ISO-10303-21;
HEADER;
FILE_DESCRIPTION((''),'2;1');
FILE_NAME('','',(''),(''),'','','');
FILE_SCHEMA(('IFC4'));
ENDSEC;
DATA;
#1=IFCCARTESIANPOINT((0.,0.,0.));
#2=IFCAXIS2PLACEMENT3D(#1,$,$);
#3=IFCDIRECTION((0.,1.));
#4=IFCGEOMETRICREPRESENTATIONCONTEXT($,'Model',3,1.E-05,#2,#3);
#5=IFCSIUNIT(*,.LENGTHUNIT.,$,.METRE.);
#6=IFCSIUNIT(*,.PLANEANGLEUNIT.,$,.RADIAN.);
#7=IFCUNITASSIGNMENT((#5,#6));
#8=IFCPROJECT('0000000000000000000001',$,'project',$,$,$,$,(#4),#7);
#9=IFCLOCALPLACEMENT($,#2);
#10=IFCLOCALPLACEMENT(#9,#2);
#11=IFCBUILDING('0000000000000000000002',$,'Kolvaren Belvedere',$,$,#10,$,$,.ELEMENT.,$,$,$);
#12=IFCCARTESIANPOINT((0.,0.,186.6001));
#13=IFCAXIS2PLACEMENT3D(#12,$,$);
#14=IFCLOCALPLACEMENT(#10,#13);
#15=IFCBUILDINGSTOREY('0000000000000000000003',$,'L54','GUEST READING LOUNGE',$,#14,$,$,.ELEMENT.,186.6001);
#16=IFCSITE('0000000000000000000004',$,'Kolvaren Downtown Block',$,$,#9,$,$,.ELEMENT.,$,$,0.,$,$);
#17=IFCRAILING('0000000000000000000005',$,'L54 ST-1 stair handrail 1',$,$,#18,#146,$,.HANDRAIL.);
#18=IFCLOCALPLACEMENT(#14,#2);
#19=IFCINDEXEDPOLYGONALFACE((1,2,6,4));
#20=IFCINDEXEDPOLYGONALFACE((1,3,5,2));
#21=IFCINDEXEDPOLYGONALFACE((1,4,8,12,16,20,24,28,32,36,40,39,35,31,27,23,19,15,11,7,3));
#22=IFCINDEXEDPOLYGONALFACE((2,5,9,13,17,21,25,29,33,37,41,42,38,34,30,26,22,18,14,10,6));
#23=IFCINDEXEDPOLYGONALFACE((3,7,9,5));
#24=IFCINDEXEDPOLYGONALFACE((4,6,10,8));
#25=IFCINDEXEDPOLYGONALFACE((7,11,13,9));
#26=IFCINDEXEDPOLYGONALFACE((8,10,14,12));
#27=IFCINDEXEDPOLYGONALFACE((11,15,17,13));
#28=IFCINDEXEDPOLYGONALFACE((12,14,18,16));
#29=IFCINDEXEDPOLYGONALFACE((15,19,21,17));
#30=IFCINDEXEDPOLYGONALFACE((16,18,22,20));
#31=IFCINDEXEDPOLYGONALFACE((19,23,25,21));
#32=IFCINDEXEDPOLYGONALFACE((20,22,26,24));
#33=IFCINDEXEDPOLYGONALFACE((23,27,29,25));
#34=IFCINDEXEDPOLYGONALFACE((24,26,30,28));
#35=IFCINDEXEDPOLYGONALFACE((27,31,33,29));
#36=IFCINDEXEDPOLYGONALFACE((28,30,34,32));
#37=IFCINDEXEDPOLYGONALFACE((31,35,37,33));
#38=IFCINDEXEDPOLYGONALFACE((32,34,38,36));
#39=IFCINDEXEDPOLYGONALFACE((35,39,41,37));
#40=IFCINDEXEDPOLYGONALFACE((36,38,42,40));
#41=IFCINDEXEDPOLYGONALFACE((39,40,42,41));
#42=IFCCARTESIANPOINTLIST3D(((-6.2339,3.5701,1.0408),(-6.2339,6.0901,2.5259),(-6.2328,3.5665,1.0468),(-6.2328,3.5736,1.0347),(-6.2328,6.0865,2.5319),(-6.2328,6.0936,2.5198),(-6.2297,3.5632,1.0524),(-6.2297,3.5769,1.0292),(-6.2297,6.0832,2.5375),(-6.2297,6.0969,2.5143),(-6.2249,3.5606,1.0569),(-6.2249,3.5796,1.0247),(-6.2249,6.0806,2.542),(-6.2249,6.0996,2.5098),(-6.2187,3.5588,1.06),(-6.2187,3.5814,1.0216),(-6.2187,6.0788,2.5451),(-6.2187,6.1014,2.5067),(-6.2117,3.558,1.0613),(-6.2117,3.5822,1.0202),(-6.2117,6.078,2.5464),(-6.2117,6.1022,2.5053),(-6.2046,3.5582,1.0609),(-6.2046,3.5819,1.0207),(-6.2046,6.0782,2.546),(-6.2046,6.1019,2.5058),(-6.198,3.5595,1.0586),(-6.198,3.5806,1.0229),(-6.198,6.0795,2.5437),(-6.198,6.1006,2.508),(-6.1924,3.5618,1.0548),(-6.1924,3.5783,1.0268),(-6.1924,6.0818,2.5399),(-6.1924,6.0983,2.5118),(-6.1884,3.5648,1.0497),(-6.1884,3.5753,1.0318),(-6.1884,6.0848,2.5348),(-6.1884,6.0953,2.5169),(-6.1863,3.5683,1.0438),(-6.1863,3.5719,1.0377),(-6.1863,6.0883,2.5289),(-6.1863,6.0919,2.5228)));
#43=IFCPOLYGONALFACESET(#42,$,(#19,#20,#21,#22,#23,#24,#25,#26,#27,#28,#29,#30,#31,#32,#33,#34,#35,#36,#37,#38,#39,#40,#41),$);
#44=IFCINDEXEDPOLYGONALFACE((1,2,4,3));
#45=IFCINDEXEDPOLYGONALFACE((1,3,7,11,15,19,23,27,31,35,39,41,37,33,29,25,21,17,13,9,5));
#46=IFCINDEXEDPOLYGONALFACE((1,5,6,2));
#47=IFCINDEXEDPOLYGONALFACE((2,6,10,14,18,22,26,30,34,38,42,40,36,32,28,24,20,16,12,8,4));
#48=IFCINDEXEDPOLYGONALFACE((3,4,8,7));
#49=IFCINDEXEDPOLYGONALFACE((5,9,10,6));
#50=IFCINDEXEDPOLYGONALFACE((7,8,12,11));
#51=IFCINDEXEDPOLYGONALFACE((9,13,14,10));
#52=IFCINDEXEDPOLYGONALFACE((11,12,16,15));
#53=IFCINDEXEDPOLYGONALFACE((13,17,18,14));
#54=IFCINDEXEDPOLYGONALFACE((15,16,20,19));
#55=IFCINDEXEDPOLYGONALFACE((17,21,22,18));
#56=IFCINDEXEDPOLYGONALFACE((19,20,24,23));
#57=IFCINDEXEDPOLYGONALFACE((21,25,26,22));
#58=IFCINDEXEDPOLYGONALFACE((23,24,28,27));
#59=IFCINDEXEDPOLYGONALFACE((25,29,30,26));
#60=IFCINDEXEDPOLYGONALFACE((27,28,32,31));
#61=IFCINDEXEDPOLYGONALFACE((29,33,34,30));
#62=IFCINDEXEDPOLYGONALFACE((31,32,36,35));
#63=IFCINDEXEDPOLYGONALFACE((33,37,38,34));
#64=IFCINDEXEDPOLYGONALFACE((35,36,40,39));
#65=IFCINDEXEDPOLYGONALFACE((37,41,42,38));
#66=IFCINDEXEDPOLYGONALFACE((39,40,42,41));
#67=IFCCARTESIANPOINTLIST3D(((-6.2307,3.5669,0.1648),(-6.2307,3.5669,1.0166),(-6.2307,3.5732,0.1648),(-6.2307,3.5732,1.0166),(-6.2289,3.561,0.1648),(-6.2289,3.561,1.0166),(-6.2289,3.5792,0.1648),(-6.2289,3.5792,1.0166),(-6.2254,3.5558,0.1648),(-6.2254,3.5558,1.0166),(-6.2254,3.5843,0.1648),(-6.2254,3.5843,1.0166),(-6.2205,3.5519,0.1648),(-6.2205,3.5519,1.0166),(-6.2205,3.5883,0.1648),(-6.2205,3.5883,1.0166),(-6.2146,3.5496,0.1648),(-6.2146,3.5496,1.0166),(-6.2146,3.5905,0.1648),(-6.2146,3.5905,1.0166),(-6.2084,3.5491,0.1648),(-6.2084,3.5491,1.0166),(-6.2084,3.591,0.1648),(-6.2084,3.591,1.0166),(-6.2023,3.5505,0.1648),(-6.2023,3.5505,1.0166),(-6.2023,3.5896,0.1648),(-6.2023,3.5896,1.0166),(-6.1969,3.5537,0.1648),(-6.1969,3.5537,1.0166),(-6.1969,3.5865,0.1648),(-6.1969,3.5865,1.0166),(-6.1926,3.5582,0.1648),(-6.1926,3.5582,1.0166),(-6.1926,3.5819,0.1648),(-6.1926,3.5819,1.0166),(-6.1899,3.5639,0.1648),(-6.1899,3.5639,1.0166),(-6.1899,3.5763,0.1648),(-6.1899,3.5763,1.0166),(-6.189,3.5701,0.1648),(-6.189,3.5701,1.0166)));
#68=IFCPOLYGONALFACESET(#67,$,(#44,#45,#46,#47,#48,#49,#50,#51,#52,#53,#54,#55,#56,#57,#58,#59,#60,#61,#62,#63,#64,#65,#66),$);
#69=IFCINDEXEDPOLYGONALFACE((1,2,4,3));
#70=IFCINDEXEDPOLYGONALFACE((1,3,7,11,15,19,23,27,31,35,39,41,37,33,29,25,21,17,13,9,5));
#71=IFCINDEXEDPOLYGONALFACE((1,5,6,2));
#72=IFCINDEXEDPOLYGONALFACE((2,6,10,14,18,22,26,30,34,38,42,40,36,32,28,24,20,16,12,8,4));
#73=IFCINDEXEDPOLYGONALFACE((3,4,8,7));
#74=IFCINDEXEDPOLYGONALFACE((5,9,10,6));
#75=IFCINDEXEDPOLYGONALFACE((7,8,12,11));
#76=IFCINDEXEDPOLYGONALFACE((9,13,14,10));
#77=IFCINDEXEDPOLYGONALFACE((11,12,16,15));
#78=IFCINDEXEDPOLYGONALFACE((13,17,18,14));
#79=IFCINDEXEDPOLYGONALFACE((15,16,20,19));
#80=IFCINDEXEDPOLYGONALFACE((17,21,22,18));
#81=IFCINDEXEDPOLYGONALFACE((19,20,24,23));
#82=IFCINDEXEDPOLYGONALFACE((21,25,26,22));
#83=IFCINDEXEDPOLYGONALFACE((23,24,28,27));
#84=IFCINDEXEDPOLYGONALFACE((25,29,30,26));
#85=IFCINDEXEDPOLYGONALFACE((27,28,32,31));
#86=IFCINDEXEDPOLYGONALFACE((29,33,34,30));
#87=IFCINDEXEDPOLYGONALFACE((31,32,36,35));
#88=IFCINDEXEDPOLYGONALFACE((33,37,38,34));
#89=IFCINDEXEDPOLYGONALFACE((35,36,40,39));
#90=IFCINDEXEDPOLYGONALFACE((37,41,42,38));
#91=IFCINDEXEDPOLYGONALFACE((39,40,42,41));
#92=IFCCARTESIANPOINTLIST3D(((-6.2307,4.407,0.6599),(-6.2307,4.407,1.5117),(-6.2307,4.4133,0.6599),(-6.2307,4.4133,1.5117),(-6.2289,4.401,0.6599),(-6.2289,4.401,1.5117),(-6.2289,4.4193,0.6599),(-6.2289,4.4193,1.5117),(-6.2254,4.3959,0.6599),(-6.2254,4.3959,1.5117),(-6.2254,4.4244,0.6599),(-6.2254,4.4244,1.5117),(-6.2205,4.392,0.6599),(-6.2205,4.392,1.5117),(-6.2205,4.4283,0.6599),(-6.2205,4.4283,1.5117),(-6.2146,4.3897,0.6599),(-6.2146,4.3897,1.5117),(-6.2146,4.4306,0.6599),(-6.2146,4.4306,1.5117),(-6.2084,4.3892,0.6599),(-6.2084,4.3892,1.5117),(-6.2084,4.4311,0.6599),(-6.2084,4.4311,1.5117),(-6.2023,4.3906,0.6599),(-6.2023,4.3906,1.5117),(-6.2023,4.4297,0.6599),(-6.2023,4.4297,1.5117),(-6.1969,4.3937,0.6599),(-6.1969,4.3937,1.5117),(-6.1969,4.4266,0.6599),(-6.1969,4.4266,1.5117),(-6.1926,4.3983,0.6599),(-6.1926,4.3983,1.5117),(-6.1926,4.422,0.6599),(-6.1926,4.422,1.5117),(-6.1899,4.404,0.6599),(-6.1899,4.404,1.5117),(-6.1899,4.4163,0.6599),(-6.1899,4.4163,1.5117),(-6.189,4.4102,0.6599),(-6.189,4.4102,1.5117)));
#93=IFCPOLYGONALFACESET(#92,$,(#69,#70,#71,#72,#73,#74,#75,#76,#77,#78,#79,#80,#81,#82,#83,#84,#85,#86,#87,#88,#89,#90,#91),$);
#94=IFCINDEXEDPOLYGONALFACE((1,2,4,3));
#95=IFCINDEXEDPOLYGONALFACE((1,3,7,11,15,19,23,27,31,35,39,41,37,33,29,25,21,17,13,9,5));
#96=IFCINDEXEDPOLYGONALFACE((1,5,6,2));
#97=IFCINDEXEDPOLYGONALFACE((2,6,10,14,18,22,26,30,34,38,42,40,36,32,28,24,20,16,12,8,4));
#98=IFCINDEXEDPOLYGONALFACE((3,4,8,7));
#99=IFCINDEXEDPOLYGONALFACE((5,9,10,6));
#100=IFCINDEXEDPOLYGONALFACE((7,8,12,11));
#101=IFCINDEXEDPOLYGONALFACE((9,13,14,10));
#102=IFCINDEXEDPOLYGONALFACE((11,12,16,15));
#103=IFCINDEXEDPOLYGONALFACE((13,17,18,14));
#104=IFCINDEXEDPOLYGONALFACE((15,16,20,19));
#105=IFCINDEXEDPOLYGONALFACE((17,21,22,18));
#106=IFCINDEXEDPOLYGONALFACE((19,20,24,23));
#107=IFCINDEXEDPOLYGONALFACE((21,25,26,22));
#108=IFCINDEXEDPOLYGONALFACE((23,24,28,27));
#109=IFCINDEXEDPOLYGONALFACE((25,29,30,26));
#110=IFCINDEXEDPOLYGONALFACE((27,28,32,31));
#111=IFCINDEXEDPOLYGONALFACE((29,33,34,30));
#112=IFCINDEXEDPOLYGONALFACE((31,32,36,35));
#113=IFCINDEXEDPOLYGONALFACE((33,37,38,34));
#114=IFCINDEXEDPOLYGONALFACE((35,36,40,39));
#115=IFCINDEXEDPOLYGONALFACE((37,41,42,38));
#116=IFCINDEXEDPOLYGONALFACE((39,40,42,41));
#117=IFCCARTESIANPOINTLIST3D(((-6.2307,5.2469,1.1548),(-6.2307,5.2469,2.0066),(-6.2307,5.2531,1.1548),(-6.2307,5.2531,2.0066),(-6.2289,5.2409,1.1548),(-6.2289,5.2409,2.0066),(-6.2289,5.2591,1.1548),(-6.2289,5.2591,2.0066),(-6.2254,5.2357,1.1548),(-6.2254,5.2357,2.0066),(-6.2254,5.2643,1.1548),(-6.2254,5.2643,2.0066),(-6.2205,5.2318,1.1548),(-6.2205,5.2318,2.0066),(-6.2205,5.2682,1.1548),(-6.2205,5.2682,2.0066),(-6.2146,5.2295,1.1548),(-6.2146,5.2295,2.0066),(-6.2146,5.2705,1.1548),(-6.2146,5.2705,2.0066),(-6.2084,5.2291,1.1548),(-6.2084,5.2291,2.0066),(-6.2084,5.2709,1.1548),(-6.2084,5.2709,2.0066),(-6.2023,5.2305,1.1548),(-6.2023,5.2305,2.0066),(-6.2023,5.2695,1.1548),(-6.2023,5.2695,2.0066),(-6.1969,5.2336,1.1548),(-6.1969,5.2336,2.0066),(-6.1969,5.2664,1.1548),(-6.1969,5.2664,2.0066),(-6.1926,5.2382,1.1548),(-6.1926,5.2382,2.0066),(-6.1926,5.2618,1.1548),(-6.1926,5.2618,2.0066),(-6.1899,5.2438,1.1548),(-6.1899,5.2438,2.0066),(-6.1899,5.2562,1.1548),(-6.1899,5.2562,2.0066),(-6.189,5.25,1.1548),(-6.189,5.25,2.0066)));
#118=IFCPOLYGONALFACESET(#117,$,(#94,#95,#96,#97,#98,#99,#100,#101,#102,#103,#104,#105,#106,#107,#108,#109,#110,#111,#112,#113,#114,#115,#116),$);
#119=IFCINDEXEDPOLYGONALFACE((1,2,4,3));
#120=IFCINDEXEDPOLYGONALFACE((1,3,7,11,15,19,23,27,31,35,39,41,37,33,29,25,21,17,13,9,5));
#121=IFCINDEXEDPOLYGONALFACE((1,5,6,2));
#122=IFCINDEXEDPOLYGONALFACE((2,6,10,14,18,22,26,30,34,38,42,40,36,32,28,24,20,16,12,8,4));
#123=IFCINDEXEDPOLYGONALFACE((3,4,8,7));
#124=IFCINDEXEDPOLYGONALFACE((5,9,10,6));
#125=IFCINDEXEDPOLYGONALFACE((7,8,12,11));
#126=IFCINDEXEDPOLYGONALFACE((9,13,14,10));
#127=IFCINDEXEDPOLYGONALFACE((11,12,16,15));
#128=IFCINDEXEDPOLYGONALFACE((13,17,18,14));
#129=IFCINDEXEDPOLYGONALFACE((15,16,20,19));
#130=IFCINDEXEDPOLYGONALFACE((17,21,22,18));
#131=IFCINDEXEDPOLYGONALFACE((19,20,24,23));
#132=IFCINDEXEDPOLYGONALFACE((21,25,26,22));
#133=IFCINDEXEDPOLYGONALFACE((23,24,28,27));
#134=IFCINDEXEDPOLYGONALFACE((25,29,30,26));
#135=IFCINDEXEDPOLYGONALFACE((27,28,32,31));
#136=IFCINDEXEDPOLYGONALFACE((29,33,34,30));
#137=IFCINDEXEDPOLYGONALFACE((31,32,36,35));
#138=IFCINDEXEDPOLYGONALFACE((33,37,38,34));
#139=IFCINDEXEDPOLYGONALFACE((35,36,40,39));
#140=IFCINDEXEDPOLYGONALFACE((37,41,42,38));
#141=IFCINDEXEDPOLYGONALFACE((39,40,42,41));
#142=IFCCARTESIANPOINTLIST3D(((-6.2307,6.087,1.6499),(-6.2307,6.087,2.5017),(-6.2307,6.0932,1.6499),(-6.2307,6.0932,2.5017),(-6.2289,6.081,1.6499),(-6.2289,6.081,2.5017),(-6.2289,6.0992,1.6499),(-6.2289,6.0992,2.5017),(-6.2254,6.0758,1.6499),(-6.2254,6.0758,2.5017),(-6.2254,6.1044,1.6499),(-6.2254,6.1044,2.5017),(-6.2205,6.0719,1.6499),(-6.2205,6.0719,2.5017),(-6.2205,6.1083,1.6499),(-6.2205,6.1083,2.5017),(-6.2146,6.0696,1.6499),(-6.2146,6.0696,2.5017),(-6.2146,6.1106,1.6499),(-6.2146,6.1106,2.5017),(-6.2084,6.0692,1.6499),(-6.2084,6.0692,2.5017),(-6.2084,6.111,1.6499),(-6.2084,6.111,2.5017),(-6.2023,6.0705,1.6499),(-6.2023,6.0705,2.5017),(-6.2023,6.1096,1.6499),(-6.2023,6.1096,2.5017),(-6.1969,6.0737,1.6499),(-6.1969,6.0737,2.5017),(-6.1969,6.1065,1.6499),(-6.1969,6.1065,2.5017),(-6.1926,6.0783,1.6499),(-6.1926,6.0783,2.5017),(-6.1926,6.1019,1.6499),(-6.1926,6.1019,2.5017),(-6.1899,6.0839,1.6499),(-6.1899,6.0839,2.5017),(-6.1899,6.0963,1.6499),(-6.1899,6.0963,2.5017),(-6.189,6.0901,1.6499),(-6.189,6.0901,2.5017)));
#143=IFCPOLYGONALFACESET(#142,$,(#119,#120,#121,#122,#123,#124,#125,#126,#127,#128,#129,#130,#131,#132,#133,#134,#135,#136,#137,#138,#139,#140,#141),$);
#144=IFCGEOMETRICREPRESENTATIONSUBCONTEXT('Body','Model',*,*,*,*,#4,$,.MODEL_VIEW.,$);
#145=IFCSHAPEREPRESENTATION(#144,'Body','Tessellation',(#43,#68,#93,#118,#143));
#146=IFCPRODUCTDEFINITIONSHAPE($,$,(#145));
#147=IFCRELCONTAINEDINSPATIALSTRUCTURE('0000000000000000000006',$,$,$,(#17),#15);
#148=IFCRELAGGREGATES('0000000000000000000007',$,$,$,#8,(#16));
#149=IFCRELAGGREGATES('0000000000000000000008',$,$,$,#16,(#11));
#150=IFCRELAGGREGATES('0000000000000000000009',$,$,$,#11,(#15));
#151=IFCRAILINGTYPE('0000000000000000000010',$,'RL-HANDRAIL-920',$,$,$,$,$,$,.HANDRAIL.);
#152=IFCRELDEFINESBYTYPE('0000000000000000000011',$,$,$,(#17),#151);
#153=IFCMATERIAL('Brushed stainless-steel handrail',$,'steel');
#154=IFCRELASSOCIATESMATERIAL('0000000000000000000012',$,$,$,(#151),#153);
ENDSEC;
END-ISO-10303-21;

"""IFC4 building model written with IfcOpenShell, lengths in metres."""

from ifc_helpers import new_model, si_unit, direction, frame, origin, origin_2d, place, context, subcontext, project, spatial, circle, extrude, material, type_object, element, save


model = new_model("IFC4")

# Units and contexts
model_context = context("Model", 3, precision=1e-05, world=origin(), true_north=direction((0.0, 1.0)))
body_context = subcontext(model_context, "Body", "Model", "MODEL_VIEW")
ifc_project = project(units=[si_unit("LENGTHUNIT", "METRE"), si_unit("PLANEANGLEUNIT", "RADIAN")], contexts=[model_context])

# Site, building, storey
site_placement = place(None, origin())
site = spatial("IfcSite", under=ifc_project, at=site_placement, Name="Kolvaren Downtown Block", CompositionType="ELEMENT", RefElevation=0.0)
building_placement = place(site_placement, origin())
building = spatial("IfcBuilding", under=site, at=building_placement, Name="Kolvaren Belvedere", CompositionType="ELEMENT")
storey_placement = place(building_placement, frame((0.0, 0.0, 186.6001)))
storey = spatial("IfcBuildingStorey", under=building, at=storey_placement, Name="L54", Description="GUEST READING LOUNGE", CompositionType="ELEMENT", Elevation=186.6001)

# Railing
ifc_material_1 = material(Name="Brushed stainless-steel handrail", Category="steel")
railing_type_1 = type_object("IfcRailingType", Name="RL-HANDRAIL-920", PredefinedType="HANDRAIL", material=ifc_material_1)
railing_1_placement = place(storey_placement, frame((-6.21, 3.5701, 0.1648)))
element("IfcRailing", 1, at=railing_1_placement, inside=storey, type_object=railing_type_1, Name="L54 ST-1 stair handrail 1", PredefinedType="HANDRAIL", context=body_context, shape_type="SweptSolid", body=[
    extrude(circle(Radius=0.0239, at=origin_2d()), frame((0.0, 0.0, 0.876), z_axis=(0.0, 0.861524, 0.507717), x_axis=(-1.0, 0.0, 0.0)), (0.0, 0.0, 1.0), 2.925),
    extrude(circle(Radius=0.021, at=origin_2d()), origin(), (0.0, 0.0, 1.0), 0.8518),
    extrude(circle(Radius=0.021, at=origin_2d()), frame((0.0, 0.8401, 0.4951)), (0.0, 0.0, 1.0), 0.8518),
    extrude(circle(Radius=0.021, at=origin_2d()), frame((0.0, 1.6799, 0.99)), (0.0, 0.0, 1.0), 0.8518),
    extrude(circle(Radius=0.021, at=origin_2d()), frame((0.0, 2.52, 1.4851)), (0.0, 0.0, 1.0), 0.8518),
])

save(model, "model.ifc")
